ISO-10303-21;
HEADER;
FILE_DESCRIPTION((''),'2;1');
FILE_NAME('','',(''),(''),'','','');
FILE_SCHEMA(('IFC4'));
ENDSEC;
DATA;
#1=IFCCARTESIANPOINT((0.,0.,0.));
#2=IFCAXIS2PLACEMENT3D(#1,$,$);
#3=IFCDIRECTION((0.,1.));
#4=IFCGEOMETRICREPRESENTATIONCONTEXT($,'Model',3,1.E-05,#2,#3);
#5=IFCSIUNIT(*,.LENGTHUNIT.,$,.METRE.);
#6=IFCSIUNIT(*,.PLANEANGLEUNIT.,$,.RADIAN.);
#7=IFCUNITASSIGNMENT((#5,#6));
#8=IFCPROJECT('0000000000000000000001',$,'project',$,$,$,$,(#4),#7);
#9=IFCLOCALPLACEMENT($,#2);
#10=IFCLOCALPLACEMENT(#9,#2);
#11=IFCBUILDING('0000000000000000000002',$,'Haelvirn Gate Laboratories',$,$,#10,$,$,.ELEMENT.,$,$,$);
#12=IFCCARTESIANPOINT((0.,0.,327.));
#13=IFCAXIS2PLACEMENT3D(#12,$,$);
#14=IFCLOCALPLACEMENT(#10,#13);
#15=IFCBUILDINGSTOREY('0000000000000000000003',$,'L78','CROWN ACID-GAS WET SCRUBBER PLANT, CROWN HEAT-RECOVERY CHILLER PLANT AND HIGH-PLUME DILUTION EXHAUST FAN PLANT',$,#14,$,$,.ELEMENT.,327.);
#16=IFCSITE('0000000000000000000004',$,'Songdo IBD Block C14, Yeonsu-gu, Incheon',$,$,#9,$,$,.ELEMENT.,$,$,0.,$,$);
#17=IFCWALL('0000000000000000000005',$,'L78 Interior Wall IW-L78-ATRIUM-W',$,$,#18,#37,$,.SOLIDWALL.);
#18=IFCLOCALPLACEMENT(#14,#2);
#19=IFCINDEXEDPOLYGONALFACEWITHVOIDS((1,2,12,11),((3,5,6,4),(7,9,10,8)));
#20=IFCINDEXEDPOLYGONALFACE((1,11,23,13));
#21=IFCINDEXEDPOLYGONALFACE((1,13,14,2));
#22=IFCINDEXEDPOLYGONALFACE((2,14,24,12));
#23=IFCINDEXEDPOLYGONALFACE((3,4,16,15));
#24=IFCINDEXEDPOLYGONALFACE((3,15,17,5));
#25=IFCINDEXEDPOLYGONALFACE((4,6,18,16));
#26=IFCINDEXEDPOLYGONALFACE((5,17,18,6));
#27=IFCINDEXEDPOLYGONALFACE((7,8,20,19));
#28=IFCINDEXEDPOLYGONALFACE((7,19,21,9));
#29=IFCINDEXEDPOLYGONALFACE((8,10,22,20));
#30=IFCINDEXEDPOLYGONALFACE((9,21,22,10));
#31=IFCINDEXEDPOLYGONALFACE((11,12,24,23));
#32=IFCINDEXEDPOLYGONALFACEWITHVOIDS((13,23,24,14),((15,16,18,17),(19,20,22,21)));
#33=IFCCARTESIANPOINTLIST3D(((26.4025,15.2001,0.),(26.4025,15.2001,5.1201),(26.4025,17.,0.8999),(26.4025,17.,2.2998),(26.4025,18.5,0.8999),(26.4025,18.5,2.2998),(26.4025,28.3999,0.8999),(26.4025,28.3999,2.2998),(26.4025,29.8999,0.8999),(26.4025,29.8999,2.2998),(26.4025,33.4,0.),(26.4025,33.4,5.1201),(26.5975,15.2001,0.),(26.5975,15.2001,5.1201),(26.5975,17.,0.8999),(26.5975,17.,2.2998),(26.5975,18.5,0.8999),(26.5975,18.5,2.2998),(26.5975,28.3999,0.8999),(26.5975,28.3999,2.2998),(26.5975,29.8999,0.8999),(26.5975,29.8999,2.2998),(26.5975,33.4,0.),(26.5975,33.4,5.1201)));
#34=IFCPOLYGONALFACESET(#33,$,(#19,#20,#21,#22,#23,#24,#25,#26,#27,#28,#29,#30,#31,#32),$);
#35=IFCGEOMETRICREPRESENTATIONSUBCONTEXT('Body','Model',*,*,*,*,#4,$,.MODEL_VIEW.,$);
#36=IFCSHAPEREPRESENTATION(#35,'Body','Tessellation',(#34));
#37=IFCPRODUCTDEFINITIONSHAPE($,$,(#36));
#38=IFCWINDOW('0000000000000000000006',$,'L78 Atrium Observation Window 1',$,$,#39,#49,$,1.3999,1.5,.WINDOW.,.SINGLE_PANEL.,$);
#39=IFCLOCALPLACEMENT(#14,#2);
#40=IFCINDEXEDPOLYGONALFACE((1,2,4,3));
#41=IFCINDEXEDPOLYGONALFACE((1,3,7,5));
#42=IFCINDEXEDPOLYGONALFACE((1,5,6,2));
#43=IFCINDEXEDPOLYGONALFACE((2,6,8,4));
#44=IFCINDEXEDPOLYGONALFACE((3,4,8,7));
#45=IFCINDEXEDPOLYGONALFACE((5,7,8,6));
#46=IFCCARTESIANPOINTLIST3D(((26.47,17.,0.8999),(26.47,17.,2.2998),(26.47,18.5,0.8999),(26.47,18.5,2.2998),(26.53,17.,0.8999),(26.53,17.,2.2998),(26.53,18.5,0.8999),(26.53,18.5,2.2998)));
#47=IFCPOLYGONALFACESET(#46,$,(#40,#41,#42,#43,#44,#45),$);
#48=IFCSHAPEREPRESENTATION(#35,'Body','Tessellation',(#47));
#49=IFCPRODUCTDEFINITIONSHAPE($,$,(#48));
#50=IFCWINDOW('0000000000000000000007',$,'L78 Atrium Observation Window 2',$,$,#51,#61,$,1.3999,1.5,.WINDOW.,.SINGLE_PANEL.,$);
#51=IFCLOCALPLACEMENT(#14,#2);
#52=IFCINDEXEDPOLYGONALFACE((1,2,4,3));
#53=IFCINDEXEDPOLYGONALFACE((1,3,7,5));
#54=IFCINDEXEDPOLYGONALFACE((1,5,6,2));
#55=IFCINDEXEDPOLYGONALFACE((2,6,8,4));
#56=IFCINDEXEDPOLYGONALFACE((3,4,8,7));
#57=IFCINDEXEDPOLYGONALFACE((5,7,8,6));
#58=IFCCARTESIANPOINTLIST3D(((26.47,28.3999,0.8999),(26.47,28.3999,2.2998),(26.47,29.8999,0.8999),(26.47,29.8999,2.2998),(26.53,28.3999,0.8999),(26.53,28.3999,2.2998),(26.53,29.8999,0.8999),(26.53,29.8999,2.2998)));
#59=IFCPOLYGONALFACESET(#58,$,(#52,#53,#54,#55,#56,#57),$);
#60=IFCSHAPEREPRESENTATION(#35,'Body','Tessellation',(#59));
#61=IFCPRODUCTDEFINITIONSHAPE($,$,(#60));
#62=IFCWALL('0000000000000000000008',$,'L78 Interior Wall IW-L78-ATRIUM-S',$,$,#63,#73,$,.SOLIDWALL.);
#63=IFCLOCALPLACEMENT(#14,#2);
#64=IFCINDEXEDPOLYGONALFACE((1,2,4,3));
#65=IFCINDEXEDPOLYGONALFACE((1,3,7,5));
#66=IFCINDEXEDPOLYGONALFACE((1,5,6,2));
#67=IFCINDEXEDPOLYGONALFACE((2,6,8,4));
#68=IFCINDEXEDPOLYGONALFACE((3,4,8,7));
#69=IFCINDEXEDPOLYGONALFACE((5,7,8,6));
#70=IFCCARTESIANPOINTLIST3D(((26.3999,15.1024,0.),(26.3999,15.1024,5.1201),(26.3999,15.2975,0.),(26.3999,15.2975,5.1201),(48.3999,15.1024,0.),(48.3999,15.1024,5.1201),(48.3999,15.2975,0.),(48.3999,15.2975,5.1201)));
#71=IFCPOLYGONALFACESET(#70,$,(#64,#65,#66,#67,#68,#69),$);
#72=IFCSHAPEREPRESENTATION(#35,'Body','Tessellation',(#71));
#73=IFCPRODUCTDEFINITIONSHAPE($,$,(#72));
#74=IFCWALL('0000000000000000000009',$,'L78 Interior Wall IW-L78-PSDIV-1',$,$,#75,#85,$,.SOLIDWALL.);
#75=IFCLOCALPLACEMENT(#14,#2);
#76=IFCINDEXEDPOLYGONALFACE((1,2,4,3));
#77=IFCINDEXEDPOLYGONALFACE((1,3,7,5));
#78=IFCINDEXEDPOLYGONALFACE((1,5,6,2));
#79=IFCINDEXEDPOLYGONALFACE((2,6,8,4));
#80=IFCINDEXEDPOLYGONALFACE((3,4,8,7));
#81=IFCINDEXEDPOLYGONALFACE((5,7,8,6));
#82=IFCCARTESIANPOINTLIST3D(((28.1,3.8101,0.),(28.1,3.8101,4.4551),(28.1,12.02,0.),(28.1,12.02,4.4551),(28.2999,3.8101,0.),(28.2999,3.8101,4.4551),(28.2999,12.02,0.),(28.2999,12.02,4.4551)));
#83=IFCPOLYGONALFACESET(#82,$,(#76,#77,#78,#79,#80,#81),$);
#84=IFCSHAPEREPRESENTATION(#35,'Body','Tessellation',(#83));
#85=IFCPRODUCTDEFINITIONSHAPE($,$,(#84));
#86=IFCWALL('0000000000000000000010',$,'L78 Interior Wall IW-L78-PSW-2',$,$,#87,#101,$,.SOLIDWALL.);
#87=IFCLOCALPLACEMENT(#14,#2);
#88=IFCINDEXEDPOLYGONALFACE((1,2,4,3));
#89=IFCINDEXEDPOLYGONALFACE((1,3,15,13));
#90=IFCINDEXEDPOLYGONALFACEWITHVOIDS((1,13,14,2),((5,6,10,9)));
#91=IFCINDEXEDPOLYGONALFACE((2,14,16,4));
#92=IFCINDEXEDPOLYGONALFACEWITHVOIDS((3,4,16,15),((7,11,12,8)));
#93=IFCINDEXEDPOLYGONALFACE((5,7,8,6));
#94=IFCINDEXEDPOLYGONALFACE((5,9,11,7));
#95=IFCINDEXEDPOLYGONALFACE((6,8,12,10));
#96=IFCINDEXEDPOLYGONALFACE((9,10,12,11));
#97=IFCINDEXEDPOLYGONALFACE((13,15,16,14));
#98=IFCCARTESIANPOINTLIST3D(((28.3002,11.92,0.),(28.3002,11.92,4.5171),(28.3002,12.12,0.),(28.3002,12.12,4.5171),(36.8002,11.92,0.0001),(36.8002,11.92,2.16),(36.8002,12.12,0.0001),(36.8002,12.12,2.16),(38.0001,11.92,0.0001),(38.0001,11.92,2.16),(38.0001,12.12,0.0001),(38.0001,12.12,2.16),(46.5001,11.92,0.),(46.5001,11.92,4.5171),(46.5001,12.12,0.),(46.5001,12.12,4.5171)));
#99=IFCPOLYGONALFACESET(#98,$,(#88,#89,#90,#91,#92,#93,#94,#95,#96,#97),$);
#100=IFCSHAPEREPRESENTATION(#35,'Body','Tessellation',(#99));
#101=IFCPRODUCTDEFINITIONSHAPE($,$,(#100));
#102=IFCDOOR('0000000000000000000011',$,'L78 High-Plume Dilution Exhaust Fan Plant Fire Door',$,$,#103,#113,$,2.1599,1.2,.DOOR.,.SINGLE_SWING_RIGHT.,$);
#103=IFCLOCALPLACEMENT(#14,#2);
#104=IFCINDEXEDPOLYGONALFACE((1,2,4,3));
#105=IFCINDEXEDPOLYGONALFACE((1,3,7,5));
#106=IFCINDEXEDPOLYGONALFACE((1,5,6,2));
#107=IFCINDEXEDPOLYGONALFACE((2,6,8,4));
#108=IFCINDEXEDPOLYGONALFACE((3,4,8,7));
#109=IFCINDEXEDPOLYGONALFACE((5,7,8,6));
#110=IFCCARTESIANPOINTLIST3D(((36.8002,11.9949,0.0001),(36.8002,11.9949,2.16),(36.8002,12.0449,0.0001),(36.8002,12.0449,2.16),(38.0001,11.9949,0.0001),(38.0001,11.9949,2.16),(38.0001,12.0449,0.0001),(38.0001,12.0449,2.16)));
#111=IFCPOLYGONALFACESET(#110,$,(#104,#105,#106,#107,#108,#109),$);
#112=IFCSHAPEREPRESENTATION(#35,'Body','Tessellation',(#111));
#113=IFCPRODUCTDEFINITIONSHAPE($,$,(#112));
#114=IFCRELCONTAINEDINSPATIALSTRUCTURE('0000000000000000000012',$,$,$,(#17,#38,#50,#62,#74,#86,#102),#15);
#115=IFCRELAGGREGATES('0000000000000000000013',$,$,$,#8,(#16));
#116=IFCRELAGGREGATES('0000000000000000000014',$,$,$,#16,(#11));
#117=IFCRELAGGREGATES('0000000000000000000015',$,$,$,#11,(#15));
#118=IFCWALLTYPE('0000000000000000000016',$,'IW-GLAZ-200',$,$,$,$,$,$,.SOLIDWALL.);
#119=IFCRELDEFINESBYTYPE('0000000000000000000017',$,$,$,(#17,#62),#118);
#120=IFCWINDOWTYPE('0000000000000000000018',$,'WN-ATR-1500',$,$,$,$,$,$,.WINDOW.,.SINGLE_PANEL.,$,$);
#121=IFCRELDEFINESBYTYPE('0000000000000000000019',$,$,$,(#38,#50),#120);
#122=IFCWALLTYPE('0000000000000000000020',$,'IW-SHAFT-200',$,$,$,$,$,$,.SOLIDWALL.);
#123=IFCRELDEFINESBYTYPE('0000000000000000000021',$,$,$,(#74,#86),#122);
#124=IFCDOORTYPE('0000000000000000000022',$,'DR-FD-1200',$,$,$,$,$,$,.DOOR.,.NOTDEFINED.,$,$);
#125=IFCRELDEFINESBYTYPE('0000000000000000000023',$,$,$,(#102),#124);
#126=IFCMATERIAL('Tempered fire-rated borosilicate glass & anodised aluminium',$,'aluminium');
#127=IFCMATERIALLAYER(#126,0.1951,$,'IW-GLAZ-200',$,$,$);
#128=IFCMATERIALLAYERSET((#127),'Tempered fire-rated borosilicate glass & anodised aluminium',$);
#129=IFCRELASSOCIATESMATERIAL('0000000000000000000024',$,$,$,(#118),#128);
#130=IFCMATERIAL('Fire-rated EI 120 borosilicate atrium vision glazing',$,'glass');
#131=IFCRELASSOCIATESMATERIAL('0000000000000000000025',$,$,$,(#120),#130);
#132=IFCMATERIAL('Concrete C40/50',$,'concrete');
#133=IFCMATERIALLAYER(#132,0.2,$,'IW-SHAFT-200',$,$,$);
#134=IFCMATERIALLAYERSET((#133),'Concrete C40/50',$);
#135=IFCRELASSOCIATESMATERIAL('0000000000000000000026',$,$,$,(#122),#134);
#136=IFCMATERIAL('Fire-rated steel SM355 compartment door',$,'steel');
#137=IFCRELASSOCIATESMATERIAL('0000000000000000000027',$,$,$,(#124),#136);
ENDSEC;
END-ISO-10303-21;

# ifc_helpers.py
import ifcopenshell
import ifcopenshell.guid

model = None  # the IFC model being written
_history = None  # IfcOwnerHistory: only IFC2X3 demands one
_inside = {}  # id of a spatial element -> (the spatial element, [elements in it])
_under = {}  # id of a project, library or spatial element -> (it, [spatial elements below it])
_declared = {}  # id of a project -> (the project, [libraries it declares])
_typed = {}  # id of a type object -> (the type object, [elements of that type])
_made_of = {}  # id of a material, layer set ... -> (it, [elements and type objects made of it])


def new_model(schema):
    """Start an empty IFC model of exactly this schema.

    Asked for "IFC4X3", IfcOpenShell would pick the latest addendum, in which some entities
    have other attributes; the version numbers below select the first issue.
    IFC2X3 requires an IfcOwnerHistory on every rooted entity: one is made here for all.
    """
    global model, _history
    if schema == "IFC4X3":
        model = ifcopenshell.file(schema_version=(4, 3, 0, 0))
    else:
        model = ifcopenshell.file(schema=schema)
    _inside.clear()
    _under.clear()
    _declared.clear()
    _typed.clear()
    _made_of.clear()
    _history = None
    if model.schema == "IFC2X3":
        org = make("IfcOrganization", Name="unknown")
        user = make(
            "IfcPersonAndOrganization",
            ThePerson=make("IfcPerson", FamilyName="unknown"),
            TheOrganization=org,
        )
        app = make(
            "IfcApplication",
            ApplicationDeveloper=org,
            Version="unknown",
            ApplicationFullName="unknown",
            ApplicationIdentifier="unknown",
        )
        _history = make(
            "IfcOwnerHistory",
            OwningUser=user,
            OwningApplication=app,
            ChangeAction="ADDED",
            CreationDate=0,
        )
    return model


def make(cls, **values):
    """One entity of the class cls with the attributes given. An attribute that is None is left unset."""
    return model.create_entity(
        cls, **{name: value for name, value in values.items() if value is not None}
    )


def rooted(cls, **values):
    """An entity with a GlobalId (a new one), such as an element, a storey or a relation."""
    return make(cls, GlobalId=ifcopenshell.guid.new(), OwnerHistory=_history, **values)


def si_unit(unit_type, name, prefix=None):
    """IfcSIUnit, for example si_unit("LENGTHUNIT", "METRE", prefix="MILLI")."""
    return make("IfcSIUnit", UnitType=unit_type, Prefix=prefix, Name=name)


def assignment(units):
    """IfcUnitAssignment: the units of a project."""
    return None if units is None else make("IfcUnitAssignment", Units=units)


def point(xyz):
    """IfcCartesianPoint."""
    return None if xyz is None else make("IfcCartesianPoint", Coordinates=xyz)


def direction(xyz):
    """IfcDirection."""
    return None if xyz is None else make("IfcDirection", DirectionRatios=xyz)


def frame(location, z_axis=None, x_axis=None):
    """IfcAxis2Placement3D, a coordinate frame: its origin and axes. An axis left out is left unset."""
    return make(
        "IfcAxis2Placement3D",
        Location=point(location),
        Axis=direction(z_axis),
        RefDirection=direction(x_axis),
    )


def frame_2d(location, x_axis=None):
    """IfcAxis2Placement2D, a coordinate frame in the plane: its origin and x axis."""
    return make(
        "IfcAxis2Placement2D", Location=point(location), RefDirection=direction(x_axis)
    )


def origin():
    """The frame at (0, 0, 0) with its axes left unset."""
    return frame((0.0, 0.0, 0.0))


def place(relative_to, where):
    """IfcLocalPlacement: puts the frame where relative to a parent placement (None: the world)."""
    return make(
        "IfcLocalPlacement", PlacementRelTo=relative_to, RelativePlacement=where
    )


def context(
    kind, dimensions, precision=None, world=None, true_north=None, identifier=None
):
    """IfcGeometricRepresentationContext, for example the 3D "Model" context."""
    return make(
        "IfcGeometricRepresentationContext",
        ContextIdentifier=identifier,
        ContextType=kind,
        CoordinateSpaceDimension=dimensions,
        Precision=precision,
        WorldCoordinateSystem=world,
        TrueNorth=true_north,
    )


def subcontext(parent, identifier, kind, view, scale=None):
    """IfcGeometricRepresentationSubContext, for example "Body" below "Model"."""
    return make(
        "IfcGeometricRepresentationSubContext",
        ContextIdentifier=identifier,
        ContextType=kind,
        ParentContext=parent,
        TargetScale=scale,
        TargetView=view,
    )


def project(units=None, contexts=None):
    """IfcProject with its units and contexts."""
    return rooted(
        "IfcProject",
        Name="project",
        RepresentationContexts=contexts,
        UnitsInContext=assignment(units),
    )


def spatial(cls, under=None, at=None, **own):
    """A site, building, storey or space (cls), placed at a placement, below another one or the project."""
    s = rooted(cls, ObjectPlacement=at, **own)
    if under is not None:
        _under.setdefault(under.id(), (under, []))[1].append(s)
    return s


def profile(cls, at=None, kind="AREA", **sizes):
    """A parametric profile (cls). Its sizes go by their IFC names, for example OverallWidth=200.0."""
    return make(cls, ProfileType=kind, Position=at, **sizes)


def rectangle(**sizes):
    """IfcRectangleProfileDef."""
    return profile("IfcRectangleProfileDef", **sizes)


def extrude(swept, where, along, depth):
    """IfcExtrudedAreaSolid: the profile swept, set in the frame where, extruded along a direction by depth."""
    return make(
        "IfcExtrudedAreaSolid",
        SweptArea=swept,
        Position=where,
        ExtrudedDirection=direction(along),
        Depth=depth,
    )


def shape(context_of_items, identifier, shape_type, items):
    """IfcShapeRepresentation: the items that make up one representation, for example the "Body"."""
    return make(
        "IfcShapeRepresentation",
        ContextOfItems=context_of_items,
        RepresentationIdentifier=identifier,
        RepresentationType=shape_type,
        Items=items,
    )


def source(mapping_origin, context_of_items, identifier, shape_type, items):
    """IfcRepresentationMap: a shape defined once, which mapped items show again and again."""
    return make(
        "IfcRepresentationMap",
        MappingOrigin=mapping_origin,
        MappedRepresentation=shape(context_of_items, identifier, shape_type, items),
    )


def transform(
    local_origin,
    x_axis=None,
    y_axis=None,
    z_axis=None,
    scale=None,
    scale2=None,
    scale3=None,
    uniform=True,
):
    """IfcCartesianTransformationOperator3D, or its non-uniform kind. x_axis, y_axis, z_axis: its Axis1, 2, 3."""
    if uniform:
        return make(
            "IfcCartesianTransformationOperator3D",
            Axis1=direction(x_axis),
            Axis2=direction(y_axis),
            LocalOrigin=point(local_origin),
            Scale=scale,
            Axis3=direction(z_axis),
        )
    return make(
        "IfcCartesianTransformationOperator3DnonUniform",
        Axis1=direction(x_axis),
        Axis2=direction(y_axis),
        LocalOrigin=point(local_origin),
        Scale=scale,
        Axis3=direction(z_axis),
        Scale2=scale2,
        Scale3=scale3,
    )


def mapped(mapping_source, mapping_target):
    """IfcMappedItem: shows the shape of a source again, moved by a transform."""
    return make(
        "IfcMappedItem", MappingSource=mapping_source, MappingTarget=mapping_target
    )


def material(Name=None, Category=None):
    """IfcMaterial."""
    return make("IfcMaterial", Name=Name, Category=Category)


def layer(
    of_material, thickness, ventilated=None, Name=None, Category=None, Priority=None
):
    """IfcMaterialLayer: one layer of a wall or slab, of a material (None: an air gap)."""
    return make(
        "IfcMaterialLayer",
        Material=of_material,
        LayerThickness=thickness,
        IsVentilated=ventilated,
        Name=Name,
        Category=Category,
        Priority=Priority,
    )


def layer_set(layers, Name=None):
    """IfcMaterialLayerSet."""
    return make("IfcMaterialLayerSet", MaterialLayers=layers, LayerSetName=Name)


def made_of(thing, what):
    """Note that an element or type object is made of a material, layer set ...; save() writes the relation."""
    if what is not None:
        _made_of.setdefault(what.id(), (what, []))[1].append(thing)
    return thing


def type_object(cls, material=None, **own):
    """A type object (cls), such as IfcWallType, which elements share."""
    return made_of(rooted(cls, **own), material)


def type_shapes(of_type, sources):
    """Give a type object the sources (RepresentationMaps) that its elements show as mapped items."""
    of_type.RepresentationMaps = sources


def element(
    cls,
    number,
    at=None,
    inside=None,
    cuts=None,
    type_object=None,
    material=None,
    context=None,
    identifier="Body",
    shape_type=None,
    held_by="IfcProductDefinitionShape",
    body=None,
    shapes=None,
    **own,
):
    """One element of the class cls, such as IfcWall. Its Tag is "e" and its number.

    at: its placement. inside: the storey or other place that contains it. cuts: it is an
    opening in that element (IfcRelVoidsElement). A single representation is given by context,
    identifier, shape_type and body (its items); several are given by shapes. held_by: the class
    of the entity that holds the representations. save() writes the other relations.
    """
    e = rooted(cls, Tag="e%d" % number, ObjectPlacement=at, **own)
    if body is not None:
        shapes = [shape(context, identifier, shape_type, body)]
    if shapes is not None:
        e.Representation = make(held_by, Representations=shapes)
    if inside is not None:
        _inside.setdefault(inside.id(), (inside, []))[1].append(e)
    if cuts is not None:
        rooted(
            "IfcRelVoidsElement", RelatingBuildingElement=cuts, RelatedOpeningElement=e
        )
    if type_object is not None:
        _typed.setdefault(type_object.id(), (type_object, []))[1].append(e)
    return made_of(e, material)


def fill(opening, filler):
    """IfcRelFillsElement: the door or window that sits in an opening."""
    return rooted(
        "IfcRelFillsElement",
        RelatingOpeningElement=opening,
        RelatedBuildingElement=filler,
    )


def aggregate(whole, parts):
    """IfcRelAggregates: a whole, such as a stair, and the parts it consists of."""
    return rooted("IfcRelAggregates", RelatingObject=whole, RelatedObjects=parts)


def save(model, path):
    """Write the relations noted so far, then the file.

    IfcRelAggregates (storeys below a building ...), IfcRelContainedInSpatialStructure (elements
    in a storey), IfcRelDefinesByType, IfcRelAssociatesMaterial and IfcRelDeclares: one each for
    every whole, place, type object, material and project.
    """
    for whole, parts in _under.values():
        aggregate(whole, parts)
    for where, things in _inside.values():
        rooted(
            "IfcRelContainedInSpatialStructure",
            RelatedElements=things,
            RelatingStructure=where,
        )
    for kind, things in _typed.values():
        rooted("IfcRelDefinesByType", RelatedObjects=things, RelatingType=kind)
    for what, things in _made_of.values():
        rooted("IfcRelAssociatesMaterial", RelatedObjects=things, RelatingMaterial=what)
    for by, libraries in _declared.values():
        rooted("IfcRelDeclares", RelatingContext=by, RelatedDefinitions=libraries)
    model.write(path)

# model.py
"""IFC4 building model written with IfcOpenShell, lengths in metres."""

from ifc_helpers import new_model, si_unit, direction, frame, frame_2d, origin, place, context, subcontext, project, spatial, rectangle, extrude, source, transform, mapped, material, layer, layer_set, type_object, type_shapes, element, fill, save


model = new_model("IFC4")

# Units and contexts
model_context = context("Model", 3, precision=1e-05, world=origin(), true_north=direction((0.0, 1.0)))
body_context = subcontext(model_context, "Body", "Model", "MODEL_VIEW")
ifc_project = project(units=[si_unit("LENGTHUNIT", "METRE"), si_unit("PLANEANGLEUNIT", "RADIAN")], contexts=[model_context])

# Site, building, storey
site_placement = place(None, origin())
site = spatial("IfcSite", under=ifc_project, at=site_placement, Name="Songdo IBD Block C14, Yeonsu-gu, Incheon", CompositionType="ELEMENT", RefElevation=0.0)
building_placement = place(site_placement, origin())
building = spatial("IfcBuilding", under=site, at=building_placement, Name="Haelvirn Gate Laboratories", CompositionType="ELEMENT")
storey_placement = place(building_placement, frame((0.0, 0.0, 327.0)))
storey = spatial("IfcBuildingStorey", under=building, at=storey_placement, Name="L78", Description="CROWN ACID-GAS WET SCRUBBER PLANT, CROWN HEAT-RECOVERY CHILLER PLANT AND HIGH-PLUME DILUTION EXHAUST FAN PLANT", CompositionType="ELEMENT", Elevation=327.0)

# Wall, openings, windows
ifc_material_1 = material(Name="Tempered fire-rated borosilicate glass & anodised aluminium", Category="aluminium")
ifc_layer_1 = layer(ifc_material_1, 0.1951, Name="IW-GLAZ-200")
ifc_layer_set_1 = layer_set([ifc_layer_1], Name="Tempered fire-rated borosilicate glass & anodised aluminium")
wall_type_1 = type_object("IfcWallType", Name="IW-GLAZ-200", PredefinedType="SOLIDWALL", material=ifc_layer_set_1)
wall_1_placement = place(storey_placement, frame((26.5, 15.2, 0.0), z_axis=(0.0, 0.0, 1.0), x_axis=(0.0, 1.0, 0.0)))
wall_1 = element("IfcWall", 1, at=wall_1_placement, inside=storey, type_object=wall_type_1, Name="L78 Interior Wall IW-L78-ATRIUM-W", PredefinedType="SOLIDWALL", context=body_context, shape_type="SweptSolid", body=[
    extrude(rectangle(XDim=18.2, YDim=0.1951, at=frame_2d((9.1001, 0.0))), origin(), (0.0, 0.0, 1.0), 5.1201),
])
opening_1_placement = place(wall_1_placement, frame((1.8, 0.0, 0.8999)))
opening_1 = element("IfcOpeningElement", 2, at=opening_1_placement, cuts=wall_1, PredefinedType="OPENING", context=body_context, shape_type="SweptSolid", body=[
    extrude(rectangle(XDim=1.5, YDim=1.3999, at=frame_2d((0.75, 0.7))), frame((0.0, 0.1074, 0.0), z_axis=(0.0, -1.0, 0.0), x_axis=(1.0, 0.0, 0.0)), (0.0, 0.0, 1.0), 0.2151),
])
opening_2_placement = place(wall_1_placement, frame((13.2, 0.0, 0.8999)))
opening_2 = element("IfcOpeningElement", 3, at=opening_2_placement, cuts=wall_1, PredefinedType="OPENING", context=body_context, shape_type="SweptSolid", body=[
    extrude(rectangle(XDim=1.5, YDim=1.3999, at=frame_2d((0.75, 0.7))), frame((0.0, 0.1074, 0.0), z_axis=(0.0, -1.0, 0.0), x_axis=(1.0, 0.0, 0.0)), (0.0, 0.0, 1.0), 0.2151),
])
ifc_material_2 = material(Name="Fire-rated EI 120 borosilicate atrium vision glazing", Category="glass")
window_type = type_object("IfcWindowType", Name="WN-ATR-1500", PartitioningType="SINGLE_PANEL", PredefinedType="WINDOW", material=ifc_material_2)
shared_shape_1 = source(origin(), body_context, "Body", "SweptSolid", [
    extrude(rectangle(XDim=1.5, YDim=1.3999, at=frame_2d((0.75, 0.7))), frame((0.0, 0.03, 0.0), z_axis=(0.0, -1.0, 0.0), x_axis=(1.0, 0.0, 0.0)), (0.0, 0.0, 1.0), 0.0601),
])
type_shapes(window_type, [shared_shape_1])
window_1_placement = place(opening_1_placement, origin())
window_1 = element("IfcWindow", 4, at=window_1_placement, inside=storey, type_object=window_type, Name="L78 Atrium Observation Window 1", OverallHeight=1.3999, OverallWidth=1.5, PartitioningType="SINGLE_PANEL", PredefinedType="WINDOW", context=body_context, shape_type="MappedRepresentation", body=[
    mapped(shared_shape_1, transform((0.0, 0.0, 0.0), scale=1.0)),
])
fill(opening_1, window_1)
window_2_placement = place(opening_2_placement, origin())
window_2 = element("IfcWindow", 5, at=window_2_placement, inside=storey, type_object=window_type, Name="L78 Atrium Observation Window 2", OverallHeight=1.3999, OverallWidth=1.5, PartitioningType="SINGLE_PANEL", PredefinedType="WINDOW", context=body_context, shape_type="MappedRepresentation", body=[
    mapped(shared_shape_1, transform((0.0, 0.0, 0.0), scale=1.0)),
])
fill(opening_2, window_2)

# Walls
wall_2_placement = place(storey_placement, frame((26.3999, 15.2, 0.0), z_axis=(0.0, 0.0, 1.0), x_axis=(1.0, 0.0, 0.0)))
element("IfcWall", 6, at=wall_2_placement, inside=storey, type_object=wall_type_1, Name="L78 Interior Wall IW-L78-ATRIUM-S", PredefinedType="SOLIDWALL", context=body_context, shape_type="SweptSolid", body=[
    extrude(rectangle(XDim=22.0, YDim=0.1951, at=frame_2d((11.0, 0.0))), origin(), (0.0, 0.0, 1.0), 5.1201),
])
ifc_material_3 = material(Name="Concrete C40/50", Category="concrete")
ifc_layer_2 = layer(ifc_material_3, 0.2, Name="IW-SHAFT-200")
ifc_layer_set_2 = layer_set([ifc_layer_2], Name="Concrete C40/50")
wall_type_2 = type_object("IfcWallType", Name="IW-SHAFT-200", PredefinedType="SOLIDWALL", material=ifc_layer_set_2)
wall_3_placement = place(storey_placement, frame((28.2, 3.8101, 0.0), z_axis=(0.0, 0.0, 1.0), x_axis=(0.0, 1.0, 0.0)))
element("IfcWall", 7, at=wall_3_placement, inside=storey, type_object=wall_type_2, Name="L78 Interior Wall IW-L78-PSDIV-1", PredefinedType="SOLIDWALL", context=body_context, shape_type="SweptSolid", body=[
    extrude(rectangle(XDim=8.21, YDim=0.2, at=frame_2d((4.105, 0.0))), origin(), (0.0, 0.0, 1.0), 4.4551),
])

# Wall, opening, door
wall_4_placement = place(storey_placement, frame((28.3, 12.02, 0.0), z_axis=(0.0, 0.0, 1.0), x_axis=(1.0, 0.0, 0.0)))
wall_4 = element("IfcWall", 8, at=wall_4_placement, inside=storey, type_object=wall_type_2, Name="L78 Interior Wall IW-L78-PSW-2", PredefinedType="SOLIDWALL", context=body_context, shape_type="SweptSolid", body=[
    extrude(rectangle(XDim=18.2, YDim=0.2, at=frame_2d((9.1001, 0.0))), origin(), (0.0, 0.0, 1.0), 4.5171),
])
opening_3_placement = place(wall_4_placement, frame((8.5, 0.0, 0.0)))
opening_3 = element("IfcOpeningElement", 9, at=opening_3_placement, cuts=wall_4, PredefinedType="OPENING", context=body_context, shape_type="SweptSolid", body=[
    extrude(rectangle(XDim=1.2, YDim=2.1599, at=frame_2d((0.6001, 1.0801))), frame((0.0, 0.1099, 0.0), z_axis=(0.0, -1.0, 0.0), x_axis=(1.0, 0.0, 0.0)), (0.0, 0.0, 1.0), 0.22),
])
ifc_material_4 = material(Name="Fire-rated steel SM355 compartment door", Category="steel")
door_type = type_object("IfcDoorType", Name="DR-FD-1200", OperationType="NOTDEFINED", PredefinedType="DOOR", material=ifc_material_4)
shared_shape_2 = source(origin(), body_context, "Body", "SweptSolid", [
    extrude(rectangle(XDim=1.2, YDim=2.1599, at=frame_2d((0.6001, 1.0801))), frame((0.0, 0.0249, 0.0), z_axis=(0.0, -1.0, 0.0), x_axis=(1.0, 0.0, 0.0)), (0.0, 0.0, 1.0), 0.05),
])
type_shapes(door_type, [shared_shape_2])
door_placement = place(opening_3_placement, origin())
door = element("IfcDoor", 10, at=door_placement, inside=storey, type_object=door_type, Name="L78 High-Plume Dilution Exhaust Fan Plant Fire Door", OperationType="SINGLE_SWING_RIGHT", OverallHeight=2.1599, OverallWidth=1.2, PredefinedType="DOOR", context=body_context, shape_type="MappedRepresentation", body=[
    mapped(shared_shape_2, transform((0.0, 0.0, 0.0), scale=1.0)),
])
fill(opening_3, door)

save(model, "model.ifc")
